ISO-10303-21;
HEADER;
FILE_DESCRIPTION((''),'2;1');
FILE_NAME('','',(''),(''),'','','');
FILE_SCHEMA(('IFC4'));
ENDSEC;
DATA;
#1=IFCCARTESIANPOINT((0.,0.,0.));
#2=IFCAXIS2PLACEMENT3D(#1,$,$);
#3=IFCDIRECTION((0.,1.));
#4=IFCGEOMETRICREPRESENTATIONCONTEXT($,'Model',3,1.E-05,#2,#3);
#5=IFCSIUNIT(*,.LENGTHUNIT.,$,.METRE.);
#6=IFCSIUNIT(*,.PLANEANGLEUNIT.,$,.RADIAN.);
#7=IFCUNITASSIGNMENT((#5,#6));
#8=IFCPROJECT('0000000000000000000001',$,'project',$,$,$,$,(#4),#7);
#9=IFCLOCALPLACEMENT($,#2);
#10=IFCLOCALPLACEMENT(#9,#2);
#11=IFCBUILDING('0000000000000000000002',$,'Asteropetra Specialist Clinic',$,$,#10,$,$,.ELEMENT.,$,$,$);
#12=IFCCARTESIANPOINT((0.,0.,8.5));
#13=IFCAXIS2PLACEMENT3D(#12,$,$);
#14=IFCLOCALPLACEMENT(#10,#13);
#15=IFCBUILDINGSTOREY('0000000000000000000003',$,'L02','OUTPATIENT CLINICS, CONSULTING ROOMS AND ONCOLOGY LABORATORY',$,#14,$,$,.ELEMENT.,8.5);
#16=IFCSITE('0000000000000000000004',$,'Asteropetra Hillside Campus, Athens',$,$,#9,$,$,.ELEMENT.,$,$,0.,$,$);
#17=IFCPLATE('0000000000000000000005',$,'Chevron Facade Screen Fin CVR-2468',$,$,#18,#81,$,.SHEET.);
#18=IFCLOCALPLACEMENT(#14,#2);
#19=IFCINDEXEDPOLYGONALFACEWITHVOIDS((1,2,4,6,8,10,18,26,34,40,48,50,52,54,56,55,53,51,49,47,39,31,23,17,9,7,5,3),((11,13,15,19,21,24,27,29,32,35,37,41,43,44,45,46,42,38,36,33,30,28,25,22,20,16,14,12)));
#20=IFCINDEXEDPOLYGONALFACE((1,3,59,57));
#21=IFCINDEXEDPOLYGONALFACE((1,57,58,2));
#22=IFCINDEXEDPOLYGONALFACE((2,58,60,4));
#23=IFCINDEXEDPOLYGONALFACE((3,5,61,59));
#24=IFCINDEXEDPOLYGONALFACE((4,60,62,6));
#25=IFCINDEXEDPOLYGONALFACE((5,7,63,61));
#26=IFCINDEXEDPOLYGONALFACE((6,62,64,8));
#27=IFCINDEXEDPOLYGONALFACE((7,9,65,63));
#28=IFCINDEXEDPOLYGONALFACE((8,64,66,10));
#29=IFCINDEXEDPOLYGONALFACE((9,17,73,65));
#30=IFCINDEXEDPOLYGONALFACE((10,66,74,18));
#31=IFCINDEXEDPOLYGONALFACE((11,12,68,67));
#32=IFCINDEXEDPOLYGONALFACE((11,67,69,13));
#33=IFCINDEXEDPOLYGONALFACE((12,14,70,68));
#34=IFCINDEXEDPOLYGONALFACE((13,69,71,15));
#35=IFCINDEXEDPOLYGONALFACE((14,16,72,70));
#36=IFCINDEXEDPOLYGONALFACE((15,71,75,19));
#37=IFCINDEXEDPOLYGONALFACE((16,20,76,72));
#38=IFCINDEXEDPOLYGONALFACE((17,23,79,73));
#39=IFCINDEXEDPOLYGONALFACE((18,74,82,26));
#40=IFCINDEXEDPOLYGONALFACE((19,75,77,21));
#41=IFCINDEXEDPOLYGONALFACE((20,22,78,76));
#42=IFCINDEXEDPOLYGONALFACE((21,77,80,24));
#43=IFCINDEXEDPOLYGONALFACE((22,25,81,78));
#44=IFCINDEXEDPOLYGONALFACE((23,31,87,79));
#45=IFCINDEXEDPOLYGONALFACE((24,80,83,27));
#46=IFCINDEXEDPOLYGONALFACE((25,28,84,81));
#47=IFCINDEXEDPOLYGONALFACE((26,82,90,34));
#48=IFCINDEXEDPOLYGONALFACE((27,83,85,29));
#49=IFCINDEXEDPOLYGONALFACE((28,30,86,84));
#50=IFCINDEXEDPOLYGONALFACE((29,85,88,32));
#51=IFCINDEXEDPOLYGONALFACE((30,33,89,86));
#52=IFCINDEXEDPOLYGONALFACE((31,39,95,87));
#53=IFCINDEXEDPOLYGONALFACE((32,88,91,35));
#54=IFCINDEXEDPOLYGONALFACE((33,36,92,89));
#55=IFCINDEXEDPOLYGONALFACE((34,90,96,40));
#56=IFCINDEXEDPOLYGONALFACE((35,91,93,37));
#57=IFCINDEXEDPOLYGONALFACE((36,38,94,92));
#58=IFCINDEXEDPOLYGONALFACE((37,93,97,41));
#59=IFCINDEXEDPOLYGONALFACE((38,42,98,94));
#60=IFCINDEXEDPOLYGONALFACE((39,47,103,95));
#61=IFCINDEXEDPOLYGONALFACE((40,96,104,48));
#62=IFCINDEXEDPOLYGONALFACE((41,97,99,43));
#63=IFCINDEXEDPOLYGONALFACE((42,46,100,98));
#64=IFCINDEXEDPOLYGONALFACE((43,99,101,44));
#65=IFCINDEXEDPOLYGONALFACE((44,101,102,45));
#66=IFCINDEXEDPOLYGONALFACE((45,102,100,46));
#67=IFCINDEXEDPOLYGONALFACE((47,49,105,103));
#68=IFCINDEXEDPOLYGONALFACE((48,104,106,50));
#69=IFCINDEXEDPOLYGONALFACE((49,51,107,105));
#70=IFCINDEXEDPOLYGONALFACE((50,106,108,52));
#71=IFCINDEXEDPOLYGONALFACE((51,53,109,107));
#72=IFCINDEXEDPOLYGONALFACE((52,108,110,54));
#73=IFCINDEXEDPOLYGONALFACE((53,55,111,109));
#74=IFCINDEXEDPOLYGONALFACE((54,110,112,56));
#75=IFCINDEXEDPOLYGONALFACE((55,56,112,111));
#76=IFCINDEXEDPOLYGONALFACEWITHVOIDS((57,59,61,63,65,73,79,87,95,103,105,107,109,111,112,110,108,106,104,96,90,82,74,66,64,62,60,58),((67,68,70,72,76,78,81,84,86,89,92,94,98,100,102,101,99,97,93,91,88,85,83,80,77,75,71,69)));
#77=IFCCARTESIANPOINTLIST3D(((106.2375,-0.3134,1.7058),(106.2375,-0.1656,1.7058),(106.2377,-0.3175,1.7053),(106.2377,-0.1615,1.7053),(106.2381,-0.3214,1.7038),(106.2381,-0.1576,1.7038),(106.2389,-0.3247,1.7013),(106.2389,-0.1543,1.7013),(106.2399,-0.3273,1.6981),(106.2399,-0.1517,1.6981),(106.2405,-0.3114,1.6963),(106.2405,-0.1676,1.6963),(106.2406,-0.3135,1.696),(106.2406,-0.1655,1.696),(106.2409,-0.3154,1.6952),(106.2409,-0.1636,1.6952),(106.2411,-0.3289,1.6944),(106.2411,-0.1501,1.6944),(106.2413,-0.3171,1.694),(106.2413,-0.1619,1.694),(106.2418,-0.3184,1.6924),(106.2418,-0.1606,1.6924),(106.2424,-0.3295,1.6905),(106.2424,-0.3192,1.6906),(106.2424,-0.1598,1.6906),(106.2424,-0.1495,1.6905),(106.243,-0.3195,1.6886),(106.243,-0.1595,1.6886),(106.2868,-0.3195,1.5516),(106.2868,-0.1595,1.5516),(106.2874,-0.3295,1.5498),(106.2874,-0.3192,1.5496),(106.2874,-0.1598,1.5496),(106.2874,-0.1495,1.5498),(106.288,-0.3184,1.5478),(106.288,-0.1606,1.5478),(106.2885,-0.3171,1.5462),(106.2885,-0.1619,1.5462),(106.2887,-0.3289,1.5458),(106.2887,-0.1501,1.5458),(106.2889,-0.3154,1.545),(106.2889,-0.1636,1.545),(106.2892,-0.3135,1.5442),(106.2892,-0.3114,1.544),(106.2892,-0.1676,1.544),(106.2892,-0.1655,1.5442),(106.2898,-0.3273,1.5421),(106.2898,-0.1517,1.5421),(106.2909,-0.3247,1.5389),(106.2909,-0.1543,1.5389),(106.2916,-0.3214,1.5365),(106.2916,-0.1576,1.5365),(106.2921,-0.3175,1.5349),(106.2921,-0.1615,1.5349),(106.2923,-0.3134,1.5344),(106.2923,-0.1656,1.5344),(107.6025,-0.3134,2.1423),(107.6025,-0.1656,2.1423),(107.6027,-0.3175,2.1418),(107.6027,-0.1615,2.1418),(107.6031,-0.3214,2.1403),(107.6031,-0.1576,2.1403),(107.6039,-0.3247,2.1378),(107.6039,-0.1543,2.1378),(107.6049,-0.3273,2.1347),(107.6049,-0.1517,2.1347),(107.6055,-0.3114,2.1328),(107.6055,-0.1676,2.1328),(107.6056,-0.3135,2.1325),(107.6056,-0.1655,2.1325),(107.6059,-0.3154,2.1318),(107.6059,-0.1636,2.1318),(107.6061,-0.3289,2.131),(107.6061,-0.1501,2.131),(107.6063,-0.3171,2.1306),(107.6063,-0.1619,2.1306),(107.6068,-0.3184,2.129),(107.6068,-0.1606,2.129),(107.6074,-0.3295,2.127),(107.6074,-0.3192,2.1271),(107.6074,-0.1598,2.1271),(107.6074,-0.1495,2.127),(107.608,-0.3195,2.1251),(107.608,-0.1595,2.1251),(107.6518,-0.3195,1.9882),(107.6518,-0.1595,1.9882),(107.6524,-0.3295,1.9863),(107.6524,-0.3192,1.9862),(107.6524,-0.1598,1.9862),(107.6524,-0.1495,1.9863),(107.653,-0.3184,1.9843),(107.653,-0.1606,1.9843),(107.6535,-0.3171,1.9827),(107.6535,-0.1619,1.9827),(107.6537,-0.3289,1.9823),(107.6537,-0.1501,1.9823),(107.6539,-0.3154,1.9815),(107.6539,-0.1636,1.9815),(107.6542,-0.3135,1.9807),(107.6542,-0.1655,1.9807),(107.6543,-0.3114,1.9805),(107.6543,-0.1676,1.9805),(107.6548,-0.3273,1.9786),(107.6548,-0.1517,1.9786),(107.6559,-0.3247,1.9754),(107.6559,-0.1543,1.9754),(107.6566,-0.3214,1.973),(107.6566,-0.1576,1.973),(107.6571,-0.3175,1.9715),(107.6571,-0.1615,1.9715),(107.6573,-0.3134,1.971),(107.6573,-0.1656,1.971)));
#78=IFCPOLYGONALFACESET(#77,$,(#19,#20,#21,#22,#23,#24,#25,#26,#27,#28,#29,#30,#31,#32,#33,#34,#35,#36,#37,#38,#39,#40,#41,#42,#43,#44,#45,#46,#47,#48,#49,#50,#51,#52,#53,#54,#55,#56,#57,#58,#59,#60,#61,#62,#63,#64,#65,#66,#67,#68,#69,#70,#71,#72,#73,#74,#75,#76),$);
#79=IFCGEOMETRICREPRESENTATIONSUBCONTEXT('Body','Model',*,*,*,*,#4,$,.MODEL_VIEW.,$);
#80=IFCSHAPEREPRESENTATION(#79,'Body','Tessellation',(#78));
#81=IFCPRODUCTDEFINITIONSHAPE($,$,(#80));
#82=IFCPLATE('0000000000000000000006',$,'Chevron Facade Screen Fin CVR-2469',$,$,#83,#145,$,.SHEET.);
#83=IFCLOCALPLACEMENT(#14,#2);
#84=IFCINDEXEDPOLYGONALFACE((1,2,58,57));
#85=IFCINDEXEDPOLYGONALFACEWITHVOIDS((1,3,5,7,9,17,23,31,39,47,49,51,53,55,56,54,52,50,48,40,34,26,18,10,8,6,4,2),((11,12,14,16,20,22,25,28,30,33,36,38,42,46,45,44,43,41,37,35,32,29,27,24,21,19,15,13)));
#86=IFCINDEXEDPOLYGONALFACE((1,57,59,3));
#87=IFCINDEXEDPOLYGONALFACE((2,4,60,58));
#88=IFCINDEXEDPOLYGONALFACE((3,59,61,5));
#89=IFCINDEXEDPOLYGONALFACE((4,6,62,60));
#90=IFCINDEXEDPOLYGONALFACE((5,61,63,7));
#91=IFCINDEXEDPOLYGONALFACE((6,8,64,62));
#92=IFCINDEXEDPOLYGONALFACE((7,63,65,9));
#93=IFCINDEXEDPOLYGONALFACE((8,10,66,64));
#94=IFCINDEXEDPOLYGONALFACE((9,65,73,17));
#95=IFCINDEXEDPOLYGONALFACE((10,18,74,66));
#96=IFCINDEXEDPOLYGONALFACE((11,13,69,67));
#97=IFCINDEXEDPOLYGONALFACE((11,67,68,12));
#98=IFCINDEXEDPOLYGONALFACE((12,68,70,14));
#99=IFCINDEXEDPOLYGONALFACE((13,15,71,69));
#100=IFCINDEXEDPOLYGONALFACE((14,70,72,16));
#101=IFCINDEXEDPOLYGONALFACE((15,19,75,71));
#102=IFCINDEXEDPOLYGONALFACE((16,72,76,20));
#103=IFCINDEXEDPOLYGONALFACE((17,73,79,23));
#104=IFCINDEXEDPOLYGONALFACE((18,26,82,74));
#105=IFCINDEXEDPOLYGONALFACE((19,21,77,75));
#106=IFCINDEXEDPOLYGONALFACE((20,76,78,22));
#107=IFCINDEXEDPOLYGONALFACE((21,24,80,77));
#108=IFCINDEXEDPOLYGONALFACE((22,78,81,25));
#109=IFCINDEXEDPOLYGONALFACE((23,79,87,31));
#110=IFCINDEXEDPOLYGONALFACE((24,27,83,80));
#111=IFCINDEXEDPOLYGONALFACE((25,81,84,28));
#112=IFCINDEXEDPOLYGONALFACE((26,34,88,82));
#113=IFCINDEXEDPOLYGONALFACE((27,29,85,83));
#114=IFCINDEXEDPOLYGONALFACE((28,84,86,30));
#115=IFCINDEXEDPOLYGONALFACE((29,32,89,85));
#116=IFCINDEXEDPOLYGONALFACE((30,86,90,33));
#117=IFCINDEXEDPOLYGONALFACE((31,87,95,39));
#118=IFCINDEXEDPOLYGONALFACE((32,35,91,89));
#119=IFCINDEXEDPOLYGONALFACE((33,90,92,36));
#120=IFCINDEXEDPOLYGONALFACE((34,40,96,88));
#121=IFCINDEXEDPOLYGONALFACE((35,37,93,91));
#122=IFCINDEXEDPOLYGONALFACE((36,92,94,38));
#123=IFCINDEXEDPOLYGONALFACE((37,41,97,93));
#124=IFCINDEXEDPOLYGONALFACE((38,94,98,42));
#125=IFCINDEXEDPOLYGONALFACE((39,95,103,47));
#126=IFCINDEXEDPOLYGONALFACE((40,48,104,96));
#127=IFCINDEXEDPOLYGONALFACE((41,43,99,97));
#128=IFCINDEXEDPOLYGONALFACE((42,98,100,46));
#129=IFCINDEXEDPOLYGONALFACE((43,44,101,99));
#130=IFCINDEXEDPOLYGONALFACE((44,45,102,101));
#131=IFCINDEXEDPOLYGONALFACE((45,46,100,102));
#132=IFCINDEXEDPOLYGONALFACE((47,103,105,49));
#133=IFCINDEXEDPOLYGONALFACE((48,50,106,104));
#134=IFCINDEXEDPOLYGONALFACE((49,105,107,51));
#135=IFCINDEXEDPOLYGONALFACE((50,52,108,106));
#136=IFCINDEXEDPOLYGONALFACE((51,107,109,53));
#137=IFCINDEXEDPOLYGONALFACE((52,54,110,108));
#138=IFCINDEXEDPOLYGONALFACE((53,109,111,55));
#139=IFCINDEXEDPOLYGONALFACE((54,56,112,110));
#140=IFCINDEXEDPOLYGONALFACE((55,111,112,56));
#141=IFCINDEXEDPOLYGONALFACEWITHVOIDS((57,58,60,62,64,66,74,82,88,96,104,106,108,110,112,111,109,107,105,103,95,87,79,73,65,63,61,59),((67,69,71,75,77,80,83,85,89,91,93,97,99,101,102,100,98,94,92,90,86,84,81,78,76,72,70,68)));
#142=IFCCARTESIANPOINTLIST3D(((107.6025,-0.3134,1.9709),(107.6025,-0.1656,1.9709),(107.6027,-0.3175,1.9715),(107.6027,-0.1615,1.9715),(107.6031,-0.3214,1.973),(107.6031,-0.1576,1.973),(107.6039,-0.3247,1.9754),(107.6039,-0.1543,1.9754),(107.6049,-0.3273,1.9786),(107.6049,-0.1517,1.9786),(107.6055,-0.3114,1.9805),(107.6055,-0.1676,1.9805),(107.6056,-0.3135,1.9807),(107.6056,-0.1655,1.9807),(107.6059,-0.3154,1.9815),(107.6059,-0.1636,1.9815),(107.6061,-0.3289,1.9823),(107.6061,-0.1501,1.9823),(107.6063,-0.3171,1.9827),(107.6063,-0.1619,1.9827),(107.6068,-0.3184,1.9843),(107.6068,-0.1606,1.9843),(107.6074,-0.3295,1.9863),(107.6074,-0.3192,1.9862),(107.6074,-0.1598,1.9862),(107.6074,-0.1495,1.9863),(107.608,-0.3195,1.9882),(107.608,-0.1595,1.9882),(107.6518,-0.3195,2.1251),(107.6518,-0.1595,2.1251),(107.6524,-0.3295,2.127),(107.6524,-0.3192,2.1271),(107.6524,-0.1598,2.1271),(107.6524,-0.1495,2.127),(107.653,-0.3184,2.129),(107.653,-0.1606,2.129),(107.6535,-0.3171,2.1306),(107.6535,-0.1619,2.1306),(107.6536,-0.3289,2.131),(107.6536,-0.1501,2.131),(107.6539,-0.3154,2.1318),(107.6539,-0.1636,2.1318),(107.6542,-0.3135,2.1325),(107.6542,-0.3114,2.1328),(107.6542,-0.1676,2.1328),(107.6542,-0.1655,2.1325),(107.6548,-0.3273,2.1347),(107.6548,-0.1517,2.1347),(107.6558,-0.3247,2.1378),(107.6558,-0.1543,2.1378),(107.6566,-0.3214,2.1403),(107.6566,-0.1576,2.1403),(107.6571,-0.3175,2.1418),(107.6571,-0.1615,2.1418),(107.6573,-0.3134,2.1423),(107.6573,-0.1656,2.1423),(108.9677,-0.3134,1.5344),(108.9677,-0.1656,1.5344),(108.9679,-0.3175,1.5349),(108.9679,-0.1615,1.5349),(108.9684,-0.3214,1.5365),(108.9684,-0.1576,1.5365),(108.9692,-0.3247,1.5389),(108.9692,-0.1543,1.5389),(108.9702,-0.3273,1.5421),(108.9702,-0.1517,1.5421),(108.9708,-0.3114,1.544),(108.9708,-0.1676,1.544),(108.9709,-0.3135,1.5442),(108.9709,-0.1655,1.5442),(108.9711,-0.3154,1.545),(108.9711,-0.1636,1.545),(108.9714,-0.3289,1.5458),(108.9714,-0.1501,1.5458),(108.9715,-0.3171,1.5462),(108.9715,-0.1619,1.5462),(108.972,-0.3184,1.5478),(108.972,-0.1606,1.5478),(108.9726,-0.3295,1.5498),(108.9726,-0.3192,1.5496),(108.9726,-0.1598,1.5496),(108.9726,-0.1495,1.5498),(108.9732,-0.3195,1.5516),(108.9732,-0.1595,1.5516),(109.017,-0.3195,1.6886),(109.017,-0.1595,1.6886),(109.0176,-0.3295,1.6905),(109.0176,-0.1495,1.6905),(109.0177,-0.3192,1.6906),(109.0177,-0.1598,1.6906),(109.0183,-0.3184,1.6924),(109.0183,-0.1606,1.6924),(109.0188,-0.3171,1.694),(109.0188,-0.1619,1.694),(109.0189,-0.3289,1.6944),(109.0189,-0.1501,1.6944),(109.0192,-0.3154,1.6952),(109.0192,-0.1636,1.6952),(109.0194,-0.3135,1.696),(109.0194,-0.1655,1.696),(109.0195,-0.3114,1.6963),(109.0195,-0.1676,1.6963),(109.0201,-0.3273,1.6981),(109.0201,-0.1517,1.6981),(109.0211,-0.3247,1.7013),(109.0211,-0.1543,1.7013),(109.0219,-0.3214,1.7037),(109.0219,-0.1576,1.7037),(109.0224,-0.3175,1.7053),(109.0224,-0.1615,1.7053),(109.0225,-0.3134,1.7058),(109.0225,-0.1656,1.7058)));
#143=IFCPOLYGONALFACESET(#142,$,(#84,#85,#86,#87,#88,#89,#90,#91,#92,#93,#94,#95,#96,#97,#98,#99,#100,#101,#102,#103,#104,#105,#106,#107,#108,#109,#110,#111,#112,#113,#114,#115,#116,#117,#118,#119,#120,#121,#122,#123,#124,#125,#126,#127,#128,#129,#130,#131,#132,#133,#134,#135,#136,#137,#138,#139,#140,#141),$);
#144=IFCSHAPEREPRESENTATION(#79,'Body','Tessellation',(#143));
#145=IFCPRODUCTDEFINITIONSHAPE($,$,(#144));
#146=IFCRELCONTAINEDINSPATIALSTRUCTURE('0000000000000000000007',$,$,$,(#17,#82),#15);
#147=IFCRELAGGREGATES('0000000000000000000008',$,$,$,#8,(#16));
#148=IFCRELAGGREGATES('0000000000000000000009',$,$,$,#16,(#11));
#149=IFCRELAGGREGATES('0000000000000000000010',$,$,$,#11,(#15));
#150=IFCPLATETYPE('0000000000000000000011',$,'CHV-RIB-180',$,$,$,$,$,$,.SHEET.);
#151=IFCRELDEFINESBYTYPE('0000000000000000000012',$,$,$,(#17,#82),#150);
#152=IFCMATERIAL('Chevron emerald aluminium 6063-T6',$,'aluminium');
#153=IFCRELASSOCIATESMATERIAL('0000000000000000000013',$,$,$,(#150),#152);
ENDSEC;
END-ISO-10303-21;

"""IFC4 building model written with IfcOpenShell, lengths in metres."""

from ifc_helpers import new_model, si_unit, direction, frame, origin, origin_2d, place, context, subcontext, project, spatial, hollow_rectangle, extrude, material, material_profile, profile_set, type_object, element, save


model = new_model("IFC4")

# Units and contexts
model_context = context("Model", 3, precision=1e-05, world=origin(), true_north=direction((0.0, 1.0)))
body_context = subcontext(model_context, "Body", "Model", "MODEL_VIEW")
ifc_project = project(units=[si_unit("LENGTHUNIT", "METRE"), si_unit("PLANEANGLEUNIT", "RADIAN")], contexts=[model_context])

# Site, building, storey
site_placement = place(None, origin())
site = spatial("IfcSite", under=ifc_project, at=site_placement, Name="Asteropetra Hillside Campus, Athens", CompositionType="ELEMENT", RefElevation=0.0)
building_placement = place(site_placement, origin())
building = spatial("IfcBuilding", under=site, at=building_placement, Name="Asteropetra Specialist Clinic", CompositionType="ELEMENT")
storey_placement = place(building_placement, frame((0.0, 0.0, 8.5)))
storey = spatial("IfcBuildingStorey", under=building, at=storey_placement, Name="L02", Description="OUTPATIENT CLINICS, CONSULTING ROOMS AND ONCOLOGY LABORATORY", CompositionType="ELEMENT", Elevation=8.5)

# Plates
ifc_material_1 = material(Name="Chevron emerald aluminium 6063-T6", Category="aluminium")
ifc_material_profile_1 = material_profile(ifc_material_1, hollow_rectangle(XDim=0.1799, YDim=0.1799, WallThickness=0.01, InnerFilletRadius=0.0081, OuterFilletRadius=0.0161, at=origin_2d()), Name="SHS 180x180x10.0")
ifc_profile_set_1 = profile_set([ifc_material_profile_1], Name="Chevron emerald aluminium 6063-T6")
plate_type = type_object("IfcPlateType", Name="CHV-RIB-180", PredefinedType="SHEET", material=ifc_profile_set_1)
plate_1_placement = place(storey_placement, frame((106.2649, -0.2395, 1.6201), z_axis=(0.95248, 0.0, 0.304603), x_axis=(0.0, 1.0, 0.0)))
element("IfcPlate", 1, at=plate_1_placement, inside=storey, type_object=plate_type, Name="Chevron Facade Screen Fin CVR-2468", PredefinedType="SHEET", context=body_context, shape_type="SweptSolid", body=[
    extrude(hollow_rectangle(XDim=0.1799, YDim=0.1799, WallThickness=0.01, InnerFilletRadius=0.0081, OuterFilletRadius=0.0161, at=origin_2d()), origin(), (0.0, 0.0, 1.0), 1.4331),
])
plate_2_placement = place(storey_placement, frame((107.6299, -0.2395, 2.0566), z_axis=(0.952495, 0.0, -0.304553), x_axis=(0.0, 1.0, 0.0)))
element("IfcPlate", 2, at=plate_2_placement, inside=storey, type_object=plate_type, Name="Chevron Facade Screen Fin CVR-2469", PredefinedType="SHEET", context=body_context, shape_type="SweptSolid", body=[
    extrude(hollow_rectangle(XDim=0.1799, YDim=0.1799, WallThickness=0.01, InnerFilletRadius=0.0081, OuterFilletRadius=0.0161, at=origin_2d()), origin(), (0.0, 0.0, 1.0), 1.4333),
])

save(model, "model.ifc")
